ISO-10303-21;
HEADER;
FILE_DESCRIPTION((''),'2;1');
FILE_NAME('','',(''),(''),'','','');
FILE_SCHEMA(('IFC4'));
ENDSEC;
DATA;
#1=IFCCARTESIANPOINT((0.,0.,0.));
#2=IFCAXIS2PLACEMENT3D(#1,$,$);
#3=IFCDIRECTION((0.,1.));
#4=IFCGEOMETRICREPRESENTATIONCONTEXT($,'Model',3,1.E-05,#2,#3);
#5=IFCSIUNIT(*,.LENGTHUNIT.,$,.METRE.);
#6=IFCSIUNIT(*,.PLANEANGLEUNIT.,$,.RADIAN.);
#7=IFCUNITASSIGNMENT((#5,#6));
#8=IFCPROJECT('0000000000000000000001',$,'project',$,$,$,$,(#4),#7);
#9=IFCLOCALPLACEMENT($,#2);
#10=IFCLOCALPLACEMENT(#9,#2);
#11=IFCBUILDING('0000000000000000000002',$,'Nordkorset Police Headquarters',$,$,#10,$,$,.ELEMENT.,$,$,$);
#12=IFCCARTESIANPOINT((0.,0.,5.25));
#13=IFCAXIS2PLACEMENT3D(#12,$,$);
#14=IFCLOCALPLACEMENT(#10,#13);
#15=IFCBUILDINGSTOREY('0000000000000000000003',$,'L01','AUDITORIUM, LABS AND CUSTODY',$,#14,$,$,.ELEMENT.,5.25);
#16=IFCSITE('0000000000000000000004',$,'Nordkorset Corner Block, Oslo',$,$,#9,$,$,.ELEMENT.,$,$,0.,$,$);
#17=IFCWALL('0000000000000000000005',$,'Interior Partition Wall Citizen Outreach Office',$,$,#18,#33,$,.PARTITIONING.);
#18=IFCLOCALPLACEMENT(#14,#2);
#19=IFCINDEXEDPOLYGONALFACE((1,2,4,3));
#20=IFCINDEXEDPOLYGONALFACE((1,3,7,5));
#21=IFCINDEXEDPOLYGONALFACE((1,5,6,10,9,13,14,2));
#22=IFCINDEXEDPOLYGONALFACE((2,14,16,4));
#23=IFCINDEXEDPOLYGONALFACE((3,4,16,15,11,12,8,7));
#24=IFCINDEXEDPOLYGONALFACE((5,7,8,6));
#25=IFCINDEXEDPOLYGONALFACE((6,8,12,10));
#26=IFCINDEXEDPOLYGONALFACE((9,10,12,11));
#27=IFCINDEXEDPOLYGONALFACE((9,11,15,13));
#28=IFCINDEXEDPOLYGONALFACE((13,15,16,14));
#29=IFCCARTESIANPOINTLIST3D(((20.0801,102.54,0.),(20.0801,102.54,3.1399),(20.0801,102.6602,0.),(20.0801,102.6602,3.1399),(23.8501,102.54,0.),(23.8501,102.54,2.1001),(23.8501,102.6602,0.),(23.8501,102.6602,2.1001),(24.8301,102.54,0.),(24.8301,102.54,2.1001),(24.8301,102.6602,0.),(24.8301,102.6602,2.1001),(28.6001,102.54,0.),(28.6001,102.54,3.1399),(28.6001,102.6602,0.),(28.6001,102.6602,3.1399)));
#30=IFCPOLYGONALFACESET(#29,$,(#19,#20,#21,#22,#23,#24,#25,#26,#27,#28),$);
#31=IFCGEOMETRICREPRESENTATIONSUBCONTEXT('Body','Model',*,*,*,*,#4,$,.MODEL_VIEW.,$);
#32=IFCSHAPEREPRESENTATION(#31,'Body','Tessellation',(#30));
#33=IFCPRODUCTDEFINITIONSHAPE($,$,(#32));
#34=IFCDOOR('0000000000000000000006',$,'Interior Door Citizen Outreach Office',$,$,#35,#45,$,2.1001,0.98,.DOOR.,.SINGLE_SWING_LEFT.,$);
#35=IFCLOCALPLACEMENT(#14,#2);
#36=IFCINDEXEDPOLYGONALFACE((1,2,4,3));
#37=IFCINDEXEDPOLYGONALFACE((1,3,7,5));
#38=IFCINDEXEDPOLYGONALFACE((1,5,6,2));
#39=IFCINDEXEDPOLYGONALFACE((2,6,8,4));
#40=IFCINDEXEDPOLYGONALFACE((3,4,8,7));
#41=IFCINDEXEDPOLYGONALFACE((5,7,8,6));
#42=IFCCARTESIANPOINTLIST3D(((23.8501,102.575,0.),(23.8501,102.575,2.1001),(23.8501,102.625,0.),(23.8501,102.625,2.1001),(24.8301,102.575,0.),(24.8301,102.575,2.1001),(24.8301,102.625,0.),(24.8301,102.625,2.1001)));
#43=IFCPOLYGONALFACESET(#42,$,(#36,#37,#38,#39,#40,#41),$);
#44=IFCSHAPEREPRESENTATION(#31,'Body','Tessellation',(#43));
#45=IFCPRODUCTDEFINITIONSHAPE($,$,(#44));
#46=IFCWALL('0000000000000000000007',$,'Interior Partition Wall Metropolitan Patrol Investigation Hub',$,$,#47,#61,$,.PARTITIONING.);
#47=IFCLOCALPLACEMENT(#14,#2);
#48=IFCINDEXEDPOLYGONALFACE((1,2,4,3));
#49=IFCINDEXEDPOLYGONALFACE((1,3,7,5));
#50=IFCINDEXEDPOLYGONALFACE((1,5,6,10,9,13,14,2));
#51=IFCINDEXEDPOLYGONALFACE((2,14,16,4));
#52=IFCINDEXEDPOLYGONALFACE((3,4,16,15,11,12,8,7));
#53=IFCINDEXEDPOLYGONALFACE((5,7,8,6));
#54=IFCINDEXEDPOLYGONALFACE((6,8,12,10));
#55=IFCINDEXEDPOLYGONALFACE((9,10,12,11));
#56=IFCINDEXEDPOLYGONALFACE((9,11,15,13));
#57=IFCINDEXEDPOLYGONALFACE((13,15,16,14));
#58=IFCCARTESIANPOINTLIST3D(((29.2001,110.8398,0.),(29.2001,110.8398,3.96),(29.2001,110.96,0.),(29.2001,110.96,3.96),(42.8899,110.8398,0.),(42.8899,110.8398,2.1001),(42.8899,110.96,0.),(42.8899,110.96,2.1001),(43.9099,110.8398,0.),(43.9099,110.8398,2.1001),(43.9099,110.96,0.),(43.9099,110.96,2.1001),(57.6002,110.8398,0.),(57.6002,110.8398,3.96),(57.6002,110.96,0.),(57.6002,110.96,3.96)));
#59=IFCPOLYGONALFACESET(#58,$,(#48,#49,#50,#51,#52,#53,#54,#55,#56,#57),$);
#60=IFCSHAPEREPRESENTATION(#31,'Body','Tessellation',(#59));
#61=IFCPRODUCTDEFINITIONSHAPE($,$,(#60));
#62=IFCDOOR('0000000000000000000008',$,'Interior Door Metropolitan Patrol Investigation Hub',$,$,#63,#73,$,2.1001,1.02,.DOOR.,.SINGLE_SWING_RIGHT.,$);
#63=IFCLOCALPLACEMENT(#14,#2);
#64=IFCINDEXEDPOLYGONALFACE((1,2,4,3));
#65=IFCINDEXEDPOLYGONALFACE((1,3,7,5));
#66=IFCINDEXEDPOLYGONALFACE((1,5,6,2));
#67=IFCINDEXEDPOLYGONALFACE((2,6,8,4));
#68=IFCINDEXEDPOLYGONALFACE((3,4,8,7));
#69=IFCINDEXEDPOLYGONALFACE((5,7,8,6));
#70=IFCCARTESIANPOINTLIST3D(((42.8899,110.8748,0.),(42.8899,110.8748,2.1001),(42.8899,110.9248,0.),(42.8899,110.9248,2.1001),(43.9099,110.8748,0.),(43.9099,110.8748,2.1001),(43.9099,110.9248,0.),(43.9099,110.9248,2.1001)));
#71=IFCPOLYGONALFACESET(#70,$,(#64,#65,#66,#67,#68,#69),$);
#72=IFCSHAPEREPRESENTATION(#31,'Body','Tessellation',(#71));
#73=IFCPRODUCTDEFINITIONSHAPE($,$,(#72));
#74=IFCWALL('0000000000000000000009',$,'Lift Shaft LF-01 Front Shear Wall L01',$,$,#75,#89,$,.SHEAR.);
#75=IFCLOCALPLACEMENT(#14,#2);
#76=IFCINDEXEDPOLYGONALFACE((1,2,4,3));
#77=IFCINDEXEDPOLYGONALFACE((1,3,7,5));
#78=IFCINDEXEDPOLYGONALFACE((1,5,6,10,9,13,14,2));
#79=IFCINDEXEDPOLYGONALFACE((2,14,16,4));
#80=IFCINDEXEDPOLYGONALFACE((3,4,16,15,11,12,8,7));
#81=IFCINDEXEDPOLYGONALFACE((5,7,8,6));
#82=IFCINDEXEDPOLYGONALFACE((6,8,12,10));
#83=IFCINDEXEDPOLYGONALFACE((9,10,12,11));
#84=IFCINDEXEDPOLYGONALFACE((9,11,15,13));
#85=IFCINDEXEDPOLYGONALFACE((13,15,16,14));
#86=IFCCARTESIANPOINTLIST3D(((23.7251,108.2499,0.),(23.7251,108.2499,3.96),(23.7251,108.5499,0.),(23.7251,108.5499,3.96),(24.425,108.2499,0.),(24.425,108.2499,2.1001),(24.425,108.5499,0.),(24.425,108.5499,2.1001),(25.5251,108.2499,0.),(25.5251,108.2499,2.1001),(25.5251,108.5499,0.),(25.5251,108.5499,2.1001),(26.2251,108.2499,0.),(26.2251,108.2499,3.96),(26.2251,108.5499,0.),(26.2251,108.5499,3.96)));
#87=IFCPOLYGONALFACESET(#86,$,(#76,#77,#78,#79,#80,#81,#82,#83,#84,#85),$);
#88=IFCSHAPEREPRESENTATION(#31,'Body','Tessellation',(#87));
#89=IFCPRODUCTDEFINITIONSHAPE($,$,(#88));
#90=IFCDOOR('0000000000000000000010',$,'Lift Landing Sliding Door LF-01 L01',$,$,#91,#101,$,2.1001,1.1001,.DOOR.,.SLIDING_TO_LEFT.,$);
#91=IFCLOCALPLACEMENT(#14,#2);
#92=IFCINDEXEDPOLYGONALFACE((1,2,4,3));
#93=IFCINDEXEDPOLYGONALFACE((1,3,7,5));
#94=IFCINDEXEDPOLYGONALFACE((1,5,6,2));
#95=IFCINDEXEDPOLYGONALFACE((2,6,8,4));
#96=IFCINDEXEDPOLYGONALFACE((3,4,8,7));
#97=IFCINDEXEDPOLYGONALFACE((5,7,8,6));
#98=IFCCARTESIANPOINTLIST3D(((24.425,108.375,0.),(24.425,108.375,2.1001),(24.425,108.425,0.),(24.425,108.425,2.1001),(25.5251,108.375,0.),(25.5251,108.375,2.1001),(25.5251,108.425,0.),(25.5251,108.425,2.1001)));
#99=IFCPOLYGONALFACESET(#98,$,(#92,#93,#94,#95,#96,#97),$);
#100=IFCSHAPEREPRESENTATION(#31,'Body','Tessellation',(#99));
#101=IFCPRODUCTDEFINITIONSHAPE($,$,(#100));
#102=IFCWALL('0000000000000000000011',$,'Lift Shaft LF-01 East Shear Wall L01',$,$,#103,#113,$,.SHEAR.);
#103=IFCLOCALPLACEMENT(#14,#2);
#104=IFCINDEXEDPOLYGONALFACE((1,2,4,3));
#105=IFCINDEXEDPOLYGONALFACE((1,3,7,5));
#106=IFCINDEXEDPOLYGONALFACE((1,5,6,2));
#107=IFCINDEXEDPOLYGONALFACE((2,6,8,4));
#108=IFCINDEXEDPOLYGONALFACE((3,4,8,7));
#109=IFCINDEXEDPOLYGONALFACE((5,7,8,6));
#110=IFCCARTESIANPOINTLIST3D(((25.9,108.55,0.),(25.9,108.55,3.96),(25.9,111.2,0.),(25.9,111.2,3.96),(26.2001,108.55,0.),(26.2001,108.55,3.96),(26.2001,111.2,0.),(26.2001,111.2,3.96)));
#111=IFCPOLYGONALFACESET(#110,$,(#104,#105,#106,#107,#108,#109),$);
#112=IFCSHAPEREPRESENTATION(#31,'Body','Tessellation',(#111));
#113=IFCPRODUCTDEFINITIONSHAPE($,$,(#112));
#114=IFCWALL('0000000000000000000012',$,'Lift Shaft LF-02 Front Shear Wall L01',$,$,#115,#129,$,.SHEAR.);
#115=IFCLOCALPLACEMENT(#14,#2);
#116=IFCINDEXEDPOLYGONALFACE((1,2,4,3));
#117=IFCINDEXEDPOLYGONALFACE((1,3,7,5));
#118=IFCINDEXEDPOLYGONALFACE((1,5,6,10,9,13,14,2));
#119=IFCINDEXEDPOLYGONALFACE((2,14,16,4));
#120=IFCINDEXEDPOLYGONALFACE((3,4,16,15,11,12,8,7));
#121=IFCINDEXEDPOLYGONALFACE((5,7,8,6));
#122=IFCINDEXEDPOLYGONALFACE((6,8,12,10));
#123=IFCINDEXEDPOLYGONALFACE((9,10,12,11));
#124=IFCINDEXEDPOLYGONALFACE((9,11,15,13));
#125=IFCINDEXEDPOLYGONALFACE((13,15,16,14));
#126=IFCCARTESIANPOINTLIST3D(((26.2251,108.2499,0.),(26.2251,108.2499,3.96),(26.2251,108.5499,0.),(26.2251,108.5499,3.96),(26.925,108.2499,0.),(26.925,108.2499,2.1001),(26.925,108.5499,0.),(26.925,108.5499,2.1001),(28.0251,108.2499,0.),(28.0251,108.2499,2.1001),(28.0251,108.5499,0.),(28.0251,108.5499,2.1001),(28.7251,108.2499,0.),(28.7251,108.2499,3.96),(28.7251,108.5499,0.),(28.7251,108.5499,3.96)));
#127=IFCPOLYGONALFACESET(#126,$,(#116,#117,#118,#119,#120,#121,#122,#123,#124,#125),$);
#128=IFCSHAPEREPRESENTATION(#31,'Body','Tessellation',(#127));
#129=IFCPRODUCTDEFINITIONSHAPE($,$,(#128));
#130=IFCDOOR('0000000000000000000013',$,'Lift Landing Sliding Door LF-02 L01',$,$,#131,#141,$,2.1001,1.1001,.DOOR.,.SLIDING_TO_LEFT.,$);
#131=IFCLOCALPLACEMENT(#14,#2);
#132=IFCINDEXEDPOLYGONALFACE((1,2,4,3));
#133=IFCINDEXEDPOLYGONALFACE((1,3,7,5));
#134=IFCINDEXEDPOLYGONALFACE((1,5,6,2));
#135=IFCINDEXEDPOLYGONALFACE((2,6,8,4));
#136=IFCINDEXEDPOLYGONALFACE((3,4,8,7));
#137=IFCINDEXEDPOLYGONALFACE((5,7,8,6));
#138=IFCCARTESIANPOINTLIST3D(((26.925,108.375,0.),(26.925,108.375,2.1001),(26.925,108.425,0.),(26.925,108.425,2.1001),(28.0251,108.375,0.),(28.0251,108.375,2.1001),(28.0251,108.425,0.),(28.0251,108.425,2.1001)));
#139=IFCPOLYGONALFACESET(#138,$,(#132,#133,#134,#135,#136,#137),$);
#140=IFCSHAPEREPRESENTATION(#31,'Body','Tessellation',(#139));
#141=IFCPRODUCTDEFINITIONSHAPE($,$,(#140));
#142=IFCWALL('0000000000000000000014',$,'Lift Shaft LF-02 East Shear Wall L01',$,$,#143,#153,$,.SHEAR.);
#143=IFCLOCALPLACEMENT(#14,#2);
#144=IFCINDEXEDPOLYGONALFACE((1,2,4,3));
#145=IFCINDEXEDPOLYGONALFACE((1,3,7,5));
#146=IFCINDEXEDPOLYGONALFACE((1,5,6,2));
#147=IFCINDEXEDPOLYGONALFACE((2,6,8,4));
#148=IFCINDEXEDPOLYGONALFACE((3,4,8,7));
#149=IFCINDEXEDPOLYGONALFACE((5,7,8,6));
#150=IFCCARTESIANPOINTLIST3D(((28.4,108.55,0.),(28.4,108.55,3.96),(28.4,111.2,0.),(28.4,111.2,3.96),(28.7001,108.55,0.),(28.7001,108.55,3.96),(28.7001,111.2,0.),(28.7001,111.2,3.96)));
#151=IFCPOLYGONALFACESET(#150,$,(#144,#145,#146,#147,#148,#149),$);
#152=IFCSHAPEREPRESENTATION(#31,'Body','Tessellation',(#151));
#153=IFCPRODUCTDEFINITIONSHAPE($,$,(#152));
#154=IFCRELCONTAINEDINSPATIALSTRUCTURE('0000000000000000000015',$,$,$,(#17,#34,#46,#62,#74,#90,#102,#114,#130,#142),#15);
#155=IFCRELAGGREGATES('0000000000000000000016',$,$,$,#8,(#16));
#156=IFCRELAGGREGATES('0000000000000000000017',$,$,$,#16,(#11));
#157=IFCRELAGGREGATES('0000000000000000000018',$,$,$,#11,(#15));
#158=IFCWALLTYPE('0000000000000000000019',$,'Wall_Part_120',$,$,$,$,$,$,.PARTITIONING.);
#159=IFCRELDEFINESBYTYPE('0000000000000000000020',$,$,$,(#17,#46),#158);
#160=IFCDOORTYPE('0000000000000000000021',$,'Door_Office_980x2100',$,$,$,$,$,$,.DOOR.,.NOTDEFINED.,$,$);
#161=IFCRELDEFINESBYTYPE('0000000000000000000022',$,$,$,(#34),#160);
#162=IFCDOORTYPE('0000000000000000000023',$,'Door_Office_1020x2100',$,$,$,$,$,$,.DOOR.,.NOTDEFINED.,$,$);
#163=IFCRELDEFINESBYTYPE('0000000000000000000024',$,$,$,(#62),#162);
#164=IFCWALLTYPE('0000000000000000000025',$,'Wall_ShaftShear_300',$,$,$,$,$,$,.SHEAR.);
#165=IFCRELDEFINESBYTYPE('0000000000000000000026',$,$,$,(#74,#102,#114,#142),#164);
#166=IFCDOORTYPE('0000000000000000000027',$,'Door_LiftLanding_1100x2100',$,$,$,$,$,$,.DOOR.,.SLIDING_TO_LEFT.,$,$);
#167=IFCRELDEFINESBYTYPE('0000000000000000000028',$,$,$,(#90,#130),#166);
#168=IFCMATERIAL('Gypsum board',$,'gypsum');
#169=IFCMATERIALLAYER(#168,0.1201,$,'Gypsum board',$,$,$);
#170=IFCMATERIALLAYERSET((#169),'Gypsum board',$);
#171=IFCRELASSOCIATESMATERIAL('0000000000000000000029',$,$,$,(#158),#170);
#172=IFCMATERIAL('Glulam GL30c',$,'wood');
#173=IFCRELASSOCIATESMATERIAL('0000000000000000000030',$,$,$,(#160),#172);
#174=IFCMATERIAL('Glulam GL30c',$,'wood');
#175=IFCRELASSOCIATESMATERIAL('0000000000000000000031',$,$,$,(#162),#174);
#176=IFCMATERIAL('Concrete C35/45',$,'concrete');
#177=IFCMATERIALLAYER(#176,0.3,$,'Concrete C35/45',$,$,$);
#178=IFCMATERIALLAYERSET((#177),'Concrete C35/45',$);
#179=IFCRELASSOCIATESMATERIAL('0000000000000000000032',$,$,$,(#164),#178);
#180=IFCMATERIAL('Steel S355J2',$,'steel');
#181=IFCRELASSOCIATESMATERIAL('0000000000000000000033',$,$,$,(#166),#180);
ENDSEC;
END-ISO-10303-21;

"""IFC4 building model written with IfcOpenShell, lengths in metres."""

from ifc_helpers import new_model, si_unit, direction, frame, frame_2d, origin, place, context, subcontext, project, spatial, rectangle, extrude, material, layer, layer_set, type_object, element, fill, save


model = new_model("IFC4")

# Units and contexts
model_context = context("Model", 3, precision=1e-05, world=origin(), true_north=direction((0.0, 1.0)))
body_context = subcontext(model_context, "Body", "Model", "MODEL_VIEW")
ifc_project = project(units=[si_unit("LENGTHUNIT", "METRE"), si_unit("PLANEANGLEUNIT", "RADIAN")], contexts=[model_context])

# Site, building, storey
site_placement = place(None, origin())
site = spatial("IfcSite", under=ifc_project, at=site_placement, Name="Nordkorset Corner Block, Oslo", CompositionType="ELEMENT", RefElevation=0.0)
building_placement = place(site_placement, origin())
building = spatial("IfcBuilding", under=site, at=building_placement, Name="Nordkorset Police Headquarters", CompositionType="ELEMENT")
storey_placement = place(building_placement, frame((0.0, 0.0, 5.25)))
storey = spatial("IfcBuildingStorey", under=building, at=storey_placement, Name="L01", Description="AUDITORIUM, LABS AND CUSTODY", CompositionType="ELEMENT", Elevation=5.25)

# Walls, openings, doors
ifc_material_1 = material(Name="Gypsum board", Category="gypsum")
ifc_layer_1 = layer(ifc_material_1, 0.1201, Name="Gypsum board")
ifc_layer_set_1 = layer_set([ifc_layer_1], Name="Gypsum board")
wall_type_1 = type_object("IfcWallType", Name="Wall_Part_120", PredefinedType="PARTITIONING", material=ifc_layer_set_1)
wall_1_placement = place(storey_placement, frame((28.6001, 102.6001, 0.0), z_axis=(0.0, 0.0, 1.0), x_axis=(-1.0, 0.0, 0.0)))
wall_1 = element("IfcWall", 1, at=wall_1_placement, inside=storey, type_object=wall_type_1, Name="Interior Partition Wall Citizen Outreach Office", PredefinedType="PARTITIONING", context=body_context, shape_type="SweptSolid", body=[
    extrude(rectangle(XDim=8.52, YDim=0.1201, at=frame_2d((4.26, 0.0))), origin(), (0.0, 0.0, 1.0), 3.1399),
])
opening_1_placement = place(wall_1_placement, frame((3.77, 0.0, 0.0)))
opening_1 = element("IfcOpeningElement", 2, at=opening_1_placement, cuts=wall_1, PredefinedType="OPENING", context=body_context, shape_type="SweptSolid", body=[
    extrude(rectangle(XDim=0.98, YDim=2.1001, at=frame_2d((0.49, 1.05))), frame((0.0, 0.0701, 0.0), z_axis=(0.0, -1.0, 0.0), x_axis=(1.0, 0.0, 0.0)), (0.0, 0.0, 1.0), 0.1401),
])
ifc_material_2 = material(Name="Glulam GL30c", Category="wood")
door_type_1 = type_object("IfcDoorType", Name="Door_Office_980x2100", OperationType="NOTDEFINED", PredefinedType="DOOR", material=ifc_material_2)
door_1_placement = place(opening_1_placement, frame((0.98, 0.0, 0.0), z_axis=(0.0, 0.0, 1.0), x_axis=(-1.0, 0.0, 0.0)))
door_1 = element("IfcDoor", 3, at=door_1_placement, inside=storey, type_object=door_type_1, Name="Interior Door Citizen Outreach Office", OperationType="SINGLE_SWING_LEFT", OverallHeight=2.1001, OverallWidth=0.98, PredefinedType="DOOR", context=body_context, shape_type="SweptSolid", body=[
    extrude(rectangle(XDim=0.98, YDim=2.1001, at=frame_2d((0.49, 1.05))), frame((0.0, 0.0249, 0.0), z_axis=(0.0, -1.0, 0.0), x_axis=(1.0, 0.0, 0.0)), (0.0, 0.0, 1.0), 0.05),
])
fill(opening_1, door_1)
wall_2_placement = place(storey_placement, frame((29.2, 110.8999, 0.0), z_axis=(0.0, 0.0, 1.0), x_axis=(1.0, 0.0, 0.0)))
wall_2 = element("IfcWall", 4, at=wall_2_placement, inside=storey, type_object=wall_type_1, Name="Interior Partition Wall Metropolitan Patrol Investigation Hub", PredefinedType="PARTITIONING", context=body_context, shape_type="SweptSolid", body=[
    extrude(rectangle(XDim=28.4001, YDim=0.1201, at=frame_2d((14.2002, 0.0))), origin(), (0.0, 0.0, 1.0), 3.96),
])
opening_2_placement = place(wall_2_placement, frame((13.6899, 0.0, 0.0)))
opening_2 = element("IfcOpeningElement", 5, at=opening_2_placement, cuts=wall_2, PredefinedType="OPENING", context=body_context, shape_type="SweptSolid", body=[
    extrude(rectangle(XDim=1.02, YDim=2.1001, at=frame_2d((0.51, 1.05))), frame((0.0, 0.0701, 0.0), z_axis=(0.0, -1.0, 0.0), x_axis=(1.0, 0.0, 0.0)), (0.0, 0.0, 1.0), 0.1401),
])
ifc_material_3 = material(Name="Glulam GL30c", Category="wood")
door_type_2 = type_object("IfcDoorType", Name="Door_Office_1020x2100", OperationType="NOTDEFINED", PredefinedType="DOOR", material=ifc_material_3)
door_2_placement = place(opening_2_placement, origin())
door_2 = element("IfcDoor", 6, at=door_2_placement, inside=storey, type_object=door_type_2, Name="Interior Door Metropolitan Patrol Investigation Hub", OperationType="SINGLE_SWING_RIGHT", OverallHeight=2.1001, OverallWidth=1.02, PredefinedType="DOOR", context=body_context, shape_type="SweptSolid", body=[
    extrude(rectangle(XDim=1.02, YDim=2.1001, at=frame_2d((0.51, 1.05))), frame((0.0, 0.0249, 0.0), z_axis=(0.0, -1.0, 0.0), x_axis=(1.0, 0.0, 0.0)), (0.0, 0.0, 1.0), 0.05),
])
fill(opening_2, door_2)
ifc_material_4 = material(Name="Concrete C35/45", Category="concrete")
ifc_layer_2 = layer(ifc_material_4, 0.3, Name="Concrete C35/45")
ifc_layer_set_2 = layer_set([ifc_layer_2], Name="Concrete C35/45")
wall_type_2 = type_object("IfcWallType", Name="Wall_ShaftShear_300", PredefinedType="SHEAR", material=ifc_layer_set_2)
wall_3_placement = place(storey_placement, frame((23.7251, 108.3999, 0.0), z_axis=(0.0, 0.0, 1.0), x_axis=(1.0, 0.0, 0.0)))
wall_3 = element("IfcWall", 7, at=wall_3_placement, inside=storey, type_object=wall_type_2, Name="Lift Shaft LF-01 Front Shear Wall L01", PredefinedType="SHEAR", context=body_context, shape_type="SweptSolid", body=[
    extrude(rectangle(XDim=2.5, YDim=0.3, at=frame_2d((1.25, 0.0))), origin(), (0.0, 0.0, 1.0), 3.96),
])
opening_3_placement = place(wall_3_placement, frame((0.7, 0.0, 0.0)))
opening_3 = element("IfcOpeningElement", 8, at=opening_3_placement, cuts=wall_3, PredefinedType="OPENING", context=body_context, shape_type="SweptSolid", body=[
    extrude(rectangle(XDim=1.1001, YDim=2.1001, at=frame_2d((0.55, 1.05))), frame((0.0, 0.1602, 0.0), z_axis=(0.0, -1.0, 0.0), x_axis=(1.0, 0.0, 0.0)), (0.0, 0.0, 1.0), 0.3201),
])
ifc_material_5 = material(Name="Steel S355J2", Category="steel")
door_type_3 = type_object("IfcDoorType", Name="Door_LiftLanding_1100x2100", OperationType="SLIDING_TO_LEFT", PredefinedType="DOOR", material=ifc_material_5)
door_3_placement = place(opening_3_placement, frame((1.1001, 0.0, 0.0), z_axis=(0.0, 0.0, 1.0), x_axis=(-1.0, 0.0, 0.0)))
door_3 = element("IfcDoor", 9, at=door_3_placement, inside=storey, type_object=door_type_3, Name="Lift Landing Sliding Door LF-01 L01", OperationType="SLIDING_TO_LEFT", OverallHeight=2.1001, OverallWidth=1.1001, PredefinedType="DOOR", context=body_context, shape_type="SweptSolid", body=[
    extrude(rectangle(XDim=1.1001, YDim=2.1001, at=frame_2d((0.55, 1.05))), frame((0.0, 0.0249, 0.0), z_axis=(0.0, -1.0, 0.0), x_axis=(1.0, 0.0, 0.0)), (0.0, 0.0, 1.0), 0.05),
])
fill(opening_3, door_3)

# Wall
wall_4_placement = place(storey_placement, frame((26.05, 108.55, 0.0), z_axis=(0.0, 0.0, 1.0), x_axis=(0.0, 1.0, 0.0)))
element("IfcWall", 10, at=wall_4_placement, inside=storey, type_object=wall_type_2, Name="Lift Shaft LF-01 East Shear Wall L01", PredefinedType="SHEAR", context=body_context, shape_type="SweptSolid", body=[
    extrude(rectangle(XDim=2.6499, YDim=0.3, at=frame_2d((1.325, 0.0))), origin(), (0.0, 0.0, 1.0), 3.96),
])

# Wall, opening, door
wall_5_placement = place(storey_placement, frame((26.2251, 108.3999, 0.0), z_axis=(0.0, 0.0, 1.0), x_axis=(1.0, 0.0, 0.0)))
wall_5 = element("IfcWall", 11, at=wall_5_placement, inside=storey, type_object=wall_type_2, Name="Lift Shaft LF-02 Front Shear Wall L01", PredefinedType="SHEAR", context=body_context, shape_type="SweptSolid", body=[
    extrude(rectangle(XDim=2.5, YDim=0.3, at=frame_2d((1.25, 0.0))), origin(), (0.0, 0.0, 1.0), 3.96),
])
opening_4_placement = place(wall_5_placement, frame((0.7, 0.0, 0.0)))
opening_4 = element("IfcOpeningElement", 12, at=opening_4_placement, cuts=wall_5, PredefinedType="OPENING", context=body_context, shape_type="SweptSolid", body=[
    extrude(rectangle(XDim=1.1001, YDim=2.1001, at=frame_2d((0.55, 1.05))), frame((0.0, 0.1602, 0.0), z_axis=(0.0, -1.0, 0.0), x_axis=(1.0, 0.0, 0.0)), (0.0, 0.0, 1.0), 0.3201),
])
door_4_placement = place(opening_4_placement, frame((1.1001, 0.0, 0.0), z_axis=(0.0, 0.0, 1.0), x_axis=(-1.0, 0.0, 0.0)))
door_4 = element("IfcDoor", 13, at=door_4_placement, inside=storey, type_object=door_type_3, Name="Lift Landing Sliding Door LF-02 L01", OperationType="SLIDING_TO_LEFT", OverallHeight=2.1001, OverallWidth=1.1001, PredefinedType="DOOR", context=body_context, shape_type="SweptSolid", body=[
    extrude(rectangle(XDim=1.1001, YDim=2.1001, at=frame_2d((0.55, 1.05))), frame((0.0, 0.0249, 0.0), z_axis=(0.0, -1.0, 0.0), x_axis=(1.0, 0.0, 0.0)), (0.0, 0.0, 1.0), 0.05),
])
fill(opening_4, door_4)

# Wall
wall_6_placement = place(storey_placement, frame((28.55, 108.55, 0.0), z_axis=(0.0, 0.0, 1.0), x_axis=(0.0, 1.0, 0.0)))
element("IfcWall", 14, at=wall_6_placement, inside=storey, type_object=wall_type_2, Name="Lift Shaft LF-02 East Shear Wall L01", PredefinedType="SHEAR", context=body_context, shape_type="SweptSolid", body=[
    extrude(rectangle(XDim=2.6499, YDim=0.3, at=frame_2d((1.325, 0.0))), origin(), (0.0, 0.0, 1.0), 3.96),
])

save(model, "model.ifc")
